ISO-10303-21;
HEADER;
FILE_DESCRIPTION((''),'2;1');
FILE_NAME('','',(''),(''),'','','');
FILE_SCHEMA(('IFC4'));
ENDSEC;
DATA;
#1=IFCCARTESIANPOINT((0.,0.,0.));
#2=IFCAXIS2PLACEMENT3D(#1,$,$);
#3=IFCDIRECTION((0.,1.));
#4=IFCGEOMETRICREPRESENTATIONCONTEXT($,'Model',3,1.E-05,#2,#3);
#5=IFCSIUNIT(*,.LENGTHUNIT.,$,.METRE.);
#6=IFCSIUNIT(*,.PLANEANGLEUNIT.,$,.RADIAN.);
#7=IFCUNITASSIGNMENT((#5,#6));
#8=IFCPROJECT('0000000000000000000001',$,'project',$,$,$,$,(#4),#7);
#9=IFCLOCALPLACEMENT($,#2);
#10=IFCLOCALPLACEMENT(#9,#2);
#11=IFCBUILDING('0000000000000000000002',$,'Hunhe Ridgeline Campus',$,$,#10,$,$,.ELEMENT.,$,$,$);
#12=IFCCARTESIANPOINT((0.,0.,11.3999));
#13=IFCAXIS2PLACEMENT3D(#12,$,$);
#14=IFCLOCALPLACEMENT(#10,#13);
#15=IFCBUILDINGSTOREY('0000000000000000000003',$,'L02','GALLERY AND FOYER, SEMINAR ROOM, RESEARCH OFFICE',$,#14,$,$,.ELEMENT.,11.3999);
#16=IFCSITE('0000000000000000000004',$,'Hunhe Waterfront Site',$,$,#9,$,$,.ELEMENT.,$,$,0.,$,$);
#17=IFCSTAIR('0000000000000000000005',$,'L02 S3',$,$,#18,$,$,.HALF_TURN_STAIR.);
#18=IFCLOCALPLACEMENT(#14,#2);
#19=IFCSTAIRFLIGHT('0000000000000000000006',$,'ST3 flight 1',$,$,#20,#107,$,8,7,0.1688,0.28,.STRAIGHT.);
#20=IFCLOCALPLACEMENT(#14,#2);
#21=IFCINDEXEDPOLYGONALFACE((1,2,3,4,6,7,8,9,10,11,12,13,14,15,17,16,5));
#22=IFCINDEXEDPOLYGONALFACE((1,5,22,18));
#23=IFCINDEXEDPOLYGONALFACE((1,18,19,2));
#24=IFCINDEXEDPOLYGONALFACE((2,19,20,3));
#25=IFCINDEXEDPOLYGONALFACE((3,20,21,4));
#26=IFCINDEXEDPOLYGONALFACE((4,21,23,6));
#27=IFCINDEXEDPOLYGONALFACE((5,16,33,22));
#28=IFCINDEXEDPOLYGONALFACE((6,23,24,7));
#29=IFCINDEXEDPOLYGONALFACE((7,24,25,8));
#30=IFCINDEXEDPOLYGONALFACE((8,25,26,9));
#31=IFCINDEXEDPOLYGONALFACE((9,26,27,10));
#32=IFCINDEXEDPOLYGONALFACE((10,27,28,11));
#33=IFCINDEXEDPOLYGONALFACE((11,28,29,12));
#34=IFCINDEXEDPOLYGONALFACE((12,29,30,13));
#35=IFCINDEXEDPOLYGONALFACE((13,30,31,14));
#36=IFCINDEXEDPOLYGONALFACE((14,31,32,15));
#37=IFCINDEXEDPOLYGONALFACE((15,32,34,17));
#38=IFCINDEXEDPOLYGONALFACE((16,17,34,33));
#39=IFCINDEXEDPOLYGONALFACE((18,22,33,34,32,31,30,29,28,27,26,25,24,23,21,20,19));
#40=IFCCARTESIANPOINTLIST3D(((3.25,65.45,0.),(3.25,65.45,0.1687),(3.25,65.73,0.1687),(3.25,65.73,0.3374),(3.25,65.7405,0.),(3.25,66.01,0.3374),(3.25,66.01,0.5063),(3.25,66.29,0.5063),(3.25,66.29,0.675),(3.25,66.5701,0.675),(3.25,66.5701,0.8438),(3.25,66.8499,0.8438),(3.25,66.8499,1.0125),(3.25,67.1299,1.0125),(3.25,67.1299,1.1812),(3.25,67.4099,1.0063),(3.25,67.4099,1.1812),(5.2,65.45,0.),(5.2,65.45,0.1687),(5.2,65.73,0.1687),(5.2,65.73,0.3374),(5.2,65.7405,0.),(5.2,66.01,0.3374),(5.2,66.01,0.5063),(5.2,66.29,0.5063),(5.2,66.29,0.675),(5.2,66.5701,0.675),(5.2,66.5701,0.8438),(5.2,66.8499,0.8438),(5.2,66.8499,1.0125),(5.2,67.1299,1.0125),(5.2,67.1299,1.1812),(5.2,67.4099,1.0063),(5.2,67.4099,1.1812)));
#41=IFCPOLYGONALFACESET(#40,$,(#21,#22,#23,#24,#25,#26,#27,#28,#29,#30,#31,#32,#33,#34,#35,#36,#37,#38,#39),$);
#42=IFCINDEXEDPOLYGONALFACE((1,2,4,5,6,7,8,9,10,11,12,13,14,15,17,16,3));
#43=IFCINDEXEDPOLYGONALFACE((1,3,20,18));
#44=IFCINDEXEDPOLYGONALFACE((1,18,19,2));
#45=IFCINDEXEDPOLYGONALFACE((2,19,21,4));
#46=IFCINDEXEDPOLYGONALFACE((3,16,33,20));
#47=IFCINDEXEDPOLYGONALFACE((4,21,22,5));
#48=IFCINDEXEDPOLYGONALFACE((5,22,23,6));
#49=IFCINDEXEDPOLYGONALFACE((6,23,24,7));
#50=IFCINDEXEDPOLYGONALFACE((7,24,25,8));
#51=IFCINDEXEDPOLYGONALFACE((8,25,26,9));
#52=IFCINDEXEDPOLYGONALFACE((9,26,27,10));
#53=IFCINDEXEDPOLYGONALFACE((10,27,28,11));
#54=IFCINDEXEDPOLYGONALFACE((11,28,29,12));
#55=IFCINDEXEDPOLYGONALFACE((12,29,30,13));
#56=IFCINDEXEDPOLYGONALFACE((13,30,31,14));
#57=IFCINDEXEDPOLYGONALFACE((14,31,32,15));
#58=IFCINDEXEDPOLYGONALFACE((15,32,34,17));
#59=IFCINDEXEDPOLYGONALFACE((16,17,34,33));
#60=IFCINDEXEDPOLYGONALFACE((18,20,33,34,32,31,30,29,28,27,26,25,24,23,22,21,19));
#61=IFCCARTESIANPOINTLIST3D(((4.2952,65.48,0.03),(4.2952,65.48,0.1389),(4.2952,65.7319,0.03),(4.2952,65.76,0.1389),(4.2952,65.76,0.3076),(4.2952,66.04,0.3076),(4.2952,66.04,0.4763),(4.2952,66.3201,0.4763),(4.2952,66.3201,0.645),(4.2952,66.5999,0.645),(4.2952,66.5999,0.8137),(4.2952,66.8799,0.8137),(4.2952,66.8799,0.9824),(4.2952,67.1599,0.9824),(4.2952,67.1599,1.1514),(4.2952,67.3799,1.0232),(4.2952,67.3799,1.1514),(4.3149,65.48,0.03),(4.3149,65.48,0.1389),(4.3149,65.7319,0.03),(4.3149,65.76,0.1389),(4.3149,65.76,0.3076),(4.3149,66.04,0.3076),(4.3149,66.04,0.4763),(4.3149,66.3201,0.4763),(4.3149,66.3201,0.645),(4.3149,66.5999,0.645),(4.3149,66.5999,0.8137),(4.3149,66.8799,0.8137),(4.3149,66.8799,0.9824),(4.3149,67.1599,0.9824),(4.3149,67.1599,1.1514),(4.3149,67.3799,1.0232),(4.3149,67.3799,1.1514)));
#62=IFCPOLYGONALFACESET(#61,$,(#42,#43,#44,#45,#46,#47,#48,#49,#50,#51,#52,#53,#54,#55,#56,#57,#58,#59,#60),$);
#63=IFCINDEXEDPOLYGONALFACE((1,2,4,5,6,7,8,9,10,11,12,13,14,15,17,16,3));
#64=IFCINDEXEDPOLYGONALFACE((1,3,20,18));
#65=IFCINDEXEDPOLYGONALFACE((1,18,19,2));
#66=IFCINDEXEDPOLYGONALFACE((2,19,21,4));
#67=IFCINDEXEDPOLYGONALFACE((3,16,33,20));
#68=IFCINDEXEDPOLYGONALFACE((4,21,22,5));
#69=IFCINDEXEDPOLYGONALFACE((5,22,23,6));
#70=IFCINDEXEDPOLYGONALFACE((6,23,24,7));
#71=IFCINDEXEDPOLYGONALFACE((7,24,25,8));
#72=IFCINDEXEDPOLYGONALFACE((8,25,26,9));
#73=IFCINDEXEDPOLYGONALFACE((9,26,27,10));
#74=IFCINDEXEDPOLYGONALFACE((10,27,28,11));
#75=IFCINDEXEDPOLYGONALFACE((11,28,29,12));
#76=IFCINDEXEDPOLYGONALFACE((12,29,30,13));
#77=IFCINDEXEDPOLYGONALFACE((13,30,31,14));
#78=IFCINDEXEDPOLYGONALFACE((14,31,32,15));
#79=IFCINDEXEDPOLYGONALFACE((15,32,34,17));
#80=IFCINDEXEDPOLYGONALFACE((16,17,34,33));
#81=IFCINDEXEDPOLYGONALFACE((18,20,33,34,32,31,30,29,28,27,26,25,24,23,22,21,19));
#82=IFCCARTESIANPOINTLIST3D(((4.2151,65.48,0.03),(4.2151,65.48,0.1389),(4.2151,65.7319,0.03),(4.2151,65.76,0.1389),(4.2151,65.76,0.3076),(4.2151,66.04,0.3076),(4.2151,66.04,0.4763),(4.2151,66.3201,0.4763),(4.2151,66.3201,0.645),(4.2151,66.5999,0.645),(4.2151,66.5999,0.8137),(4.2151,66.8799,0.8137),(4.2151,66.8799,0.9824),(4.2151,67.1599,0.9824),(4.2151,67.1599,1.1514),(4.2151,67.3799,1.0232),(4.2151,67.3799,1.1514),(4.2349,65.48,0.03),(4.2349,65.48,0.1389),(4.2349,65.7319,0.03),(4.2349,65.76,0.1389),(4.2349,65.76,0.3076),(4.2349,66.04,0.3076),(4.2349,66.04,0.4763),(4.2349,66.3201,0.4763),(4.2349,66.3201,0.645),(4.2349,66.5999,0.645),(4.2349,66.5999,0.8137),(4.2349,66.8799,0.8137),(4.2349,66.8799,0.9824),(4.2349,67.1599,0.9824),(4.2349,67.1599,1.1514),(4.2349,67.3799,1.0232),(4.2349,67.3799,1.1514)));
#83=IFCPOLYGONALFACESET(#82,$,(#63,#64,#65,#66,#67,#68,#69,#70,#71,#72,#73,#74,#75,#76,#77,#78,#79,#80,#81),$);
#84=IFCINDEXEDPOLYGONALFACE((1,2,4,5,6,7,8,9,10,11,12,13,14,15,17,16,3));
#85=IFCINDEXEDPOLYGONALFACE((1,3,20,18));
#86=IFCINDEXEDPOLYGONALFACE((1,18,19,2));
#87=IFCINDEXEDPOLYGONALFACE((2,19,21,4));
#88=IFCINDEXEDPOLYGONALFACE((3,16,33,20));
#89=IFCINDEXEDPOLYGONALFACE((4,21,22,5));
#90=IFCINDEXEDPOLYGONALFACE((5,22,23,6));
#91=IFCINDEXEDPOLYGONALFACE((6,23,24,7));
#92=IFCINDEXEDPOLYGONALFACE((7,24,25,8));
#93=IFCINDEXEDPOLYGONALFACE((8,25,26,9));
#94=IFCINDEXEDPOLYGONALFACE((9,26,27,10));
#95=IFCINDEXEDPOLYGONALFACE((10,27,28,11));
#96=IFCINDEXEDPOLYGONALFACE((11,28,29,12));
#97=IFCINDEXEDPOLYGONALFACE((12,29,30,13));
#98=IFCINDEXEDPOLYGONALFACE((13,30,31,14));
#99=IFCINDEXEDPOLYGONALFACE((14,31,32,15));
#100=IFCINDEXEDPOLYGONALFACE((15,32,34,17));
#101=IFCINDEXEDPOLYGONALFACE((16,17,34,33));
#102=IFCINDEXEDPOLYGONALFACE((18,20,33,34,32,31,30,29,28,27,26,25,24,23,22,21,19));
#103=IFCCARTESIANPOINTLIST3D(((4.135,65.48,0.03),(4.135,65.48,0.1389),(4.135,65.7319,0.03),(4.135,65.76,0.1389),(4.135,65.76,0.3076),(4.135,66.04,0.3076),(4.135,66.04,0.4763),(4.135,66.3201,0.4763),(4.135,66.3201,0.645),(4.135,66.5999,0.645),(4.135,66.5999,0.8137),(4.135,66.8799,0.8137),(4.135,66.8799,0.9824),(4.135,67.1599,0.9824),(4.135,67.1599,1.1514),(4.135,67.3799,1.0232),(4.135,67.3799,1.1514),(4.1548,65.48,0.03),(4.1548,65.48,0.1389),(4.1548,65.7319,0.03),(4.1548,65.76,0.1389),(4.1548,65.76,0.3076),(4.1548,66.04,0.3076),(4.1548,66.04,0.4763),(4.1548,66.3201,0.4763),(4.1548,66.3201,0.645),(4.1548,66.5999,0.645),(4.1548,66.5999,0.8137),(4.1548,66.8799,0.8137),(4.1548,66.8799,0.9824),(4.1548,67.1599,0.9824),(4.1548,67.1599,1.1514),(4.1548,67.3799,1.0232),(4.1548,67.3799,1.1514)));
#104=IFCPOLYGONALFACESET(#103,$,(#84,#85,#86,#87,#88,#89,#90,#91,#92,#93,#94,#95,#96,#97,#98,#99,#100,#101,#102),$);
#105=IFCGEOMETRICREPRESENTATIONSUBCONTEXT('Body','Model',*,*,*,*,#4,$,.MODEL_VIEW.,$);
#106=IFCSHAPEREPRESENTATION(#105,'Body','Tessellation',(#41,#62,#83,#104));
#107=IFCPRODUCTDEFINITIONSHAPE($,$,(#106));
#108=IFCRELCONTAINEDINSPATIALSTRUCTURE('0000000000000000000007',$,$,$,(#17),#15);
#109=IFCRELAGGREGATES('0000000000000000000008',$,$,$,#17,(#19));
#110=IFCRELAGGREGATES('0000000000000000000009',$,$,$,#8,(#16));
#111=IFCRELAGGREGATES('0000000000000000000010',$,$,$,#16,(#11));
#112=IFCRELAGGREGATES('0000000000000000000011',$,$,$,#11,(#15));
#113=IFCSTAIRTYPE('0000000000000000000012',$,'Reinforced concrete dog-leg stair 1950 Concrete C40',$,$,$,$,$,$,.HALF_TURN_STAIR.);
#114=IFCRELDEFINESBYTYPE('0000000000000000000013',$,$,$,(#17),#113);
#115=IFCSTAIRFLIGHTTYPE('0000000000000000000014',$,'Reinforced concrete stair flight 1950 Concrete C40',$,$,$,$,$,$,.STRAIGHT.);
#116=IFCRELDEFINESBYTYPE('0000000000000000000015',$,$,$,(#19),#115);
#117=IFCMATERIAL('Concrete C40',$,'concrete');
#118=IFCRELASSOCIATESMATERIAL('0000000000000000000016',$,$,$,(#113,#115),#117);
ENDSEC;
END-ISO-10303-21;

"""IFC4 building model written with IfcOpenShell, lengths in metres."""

from ifc_helpers import new_model, si_unit, direction, frame, origin, place, context, subcontext, project, spatial, polyline, outline, extrude, material, type_object, element, aggregate, save


model = new_model("IFC4")

# Units and contexts
model_context = context("Model", 3, precision=1e-05, world=origin(), true_north=direction((0.0, 1.0)))
body_context = subcontext(model_context, "Body", "Model", "MODEL_VIEW")
ifc_project = project(units=[si_unit("LENGTHUNIT", "METRE"), si_unit("PLANEANGLEUNIT", "RADIAN")], contexts=[model_context])

# Site, building, storey
site_placement = place(None, origin())
site = spatial("IfcSite", under=ifc_project, at=site_placement, Name="Hunhe Waterfront Site", CompositionType="ELEMENT", RefElevation=0.0)
building_placement = place(site_placement, origin())
building = spatial("IfcBuilding", under=site, at=building_placement, Name="Hunhe Ridgeline Campus", CompositionType="ELEMENT")
storey_placement = place(building_placement, frame((0.0, 0.0, 11.3999)))
storey = spatial("IfcBuildingStorey", under=building, at=storey_placement, Name="L02", Description="GALLERY AND FOYER, SEMINAR ROOM, RESEARCH OFFICE", CompositionType="ELEMENT", Elevation=11.3999)

# Stair, stair flight
ifc_material_1 = material(Name="Concrete C40", Category="concrete")
stair_type = type_object("IfcStairType", Name="Reinforced concrete dog-leg stair 1950 Concrete C40", PredefinedType="HALF_TURN_STAIR", material=ifc_material_1)
stair_1_placement = place(storey_placement, origin())
stair_1 = element("IfcStair", 1, at=stair_1_placement, inside=storey, type_object=stair_type, Name="L02 S3", PredefinedType="HALF_TURN_STAIR")
stair_flight_type = type_object("IfcStairFlightType", Name="Reinforced concrete stair flight 1950 Concrete C40", PredefinedType="STRAIGHT", material=ifc_material_1)
stair_flight_1_placement = place(storey_placement, frame((4.2251, 65.45, 0.0), z_axis=(0.0, 0.0, 1.0), x_axis=(0.0, 1.0, 0.0)))
stair_flight_1 = element("IfcStairFlight", 2, at=stair_flight_1_placement, type_object=stair_flight_type, Name="ST3 flight 1", NumberOfRisers=8, NumberOfTreads=7, PredefinedType="STRAIGHT", RiserHeight=0.1688, TreadLength=0.28, context=body_context, shape_type="SweptSolid", body=[
    extrude(outline(polyline([(0.0, 0.0), (0.0, 0.1687), (0.28, 0.1687), (0.28, 0.3374), (0.5601, 0.3374), (0.5601, 0.5063), (0.8401, 0.5063), (0.8401, 0.675), (1.1201, 0.675), (1.1201, 0.8438), (1.3999, 0.8438), (1.3999, 1.0125), (1.6799, 1.0125), (1.6799, 1.1812), (1.96, 1.1812), (1.96, 1.3501), (1.96, 1.0063), (0.2905, 0.0), (0.0, 0.0)])), frame((0.0, 0.9751, 0.0), z_axis=(0.0, -1.0, 0.0), x_axis=(1.0, 0.0, 0.0)), (0.0, 0.0, 1.0), 1.95),
    extrude(outline(polyline([(0.03, 0.03), (0.03, 0.1389), (0.3101, 0.1389), (0.3101, 0.3076), (0.5901, 0.3076), (0.5901, 0.4763), (0.8701, 0.4763), (0.8701, 0.645), (1.1499, 0.645), (1.1499, 0.8137), (1.4299, 0.8137), (1.4299, 0.9824), (1.71, 0.9824), (1.71, 1.1514), (1.9299, 1.1514), (1.9299, 1.0232), (0.282, 0.03), (0.03, 0.03)])), frame((0.0, -0.0701, 0.0), z_axis=(0.0, -1.0, 0.0), x_axis=(1.0, 0.0, 0.0)), (0.0, 0.0, 1.0), 0.0198),
    extrude(outline(polyline([(0.03, 0.03), (0.03, 0.1389), (0.3101, 0.1389), (0.3101, 0.3076), (0.5901, 0.3076), (0.5901, 0.4763), (0.8701, 0.4763), (0.8701, 0.645), (1.1499, 0.645), (1.1499, 0.8137), (1.4299, 0.8137), (1.4299, 0.9824), (1.71, 0.9824), (1.71, 1.1514), (1.9299, 1.1514), (1.9299, 1.0232), (0.282, 0.03), (0.03, 0.03)])), frame((0.0, 0.01, 0.0), z_axis=(0.0, -1.0, 0.0), x_axis=(1.0, 0.0, 0.0)), (0.0, 0.0, 1.0), 0.0198),
    extrude(outline(polyline([(0.03, 0.03), (0.03, 0.1389), (0.3101, 0.1389), (0.3101, 0.3076), (0.5901, 0.3076), (0.5901, 0.4763), (0.8701, 0.4763), (0.8701, 0.645), (1.1499, 0.645), (1.1499, 0.8137), (1.4299, 0.8137), (1.4299, 0.9824), (1.71, 0.9824), (1.71, 1.1514), (1.9299, 1.1514), (1.9299, 1.0232), (0.282, 0.03), (0.03, 0.03)])), frame((0.0, 0.0901, 0.0), z_axis=(0.0, -1.0, 0.0), x_axis=(1.0, 0.0, 0.0)), (0.0, 0.0, 1.0), 0.0198),
])
aggregate(stair_1, [stair_flight_1])

save(model, "model.ifc")
